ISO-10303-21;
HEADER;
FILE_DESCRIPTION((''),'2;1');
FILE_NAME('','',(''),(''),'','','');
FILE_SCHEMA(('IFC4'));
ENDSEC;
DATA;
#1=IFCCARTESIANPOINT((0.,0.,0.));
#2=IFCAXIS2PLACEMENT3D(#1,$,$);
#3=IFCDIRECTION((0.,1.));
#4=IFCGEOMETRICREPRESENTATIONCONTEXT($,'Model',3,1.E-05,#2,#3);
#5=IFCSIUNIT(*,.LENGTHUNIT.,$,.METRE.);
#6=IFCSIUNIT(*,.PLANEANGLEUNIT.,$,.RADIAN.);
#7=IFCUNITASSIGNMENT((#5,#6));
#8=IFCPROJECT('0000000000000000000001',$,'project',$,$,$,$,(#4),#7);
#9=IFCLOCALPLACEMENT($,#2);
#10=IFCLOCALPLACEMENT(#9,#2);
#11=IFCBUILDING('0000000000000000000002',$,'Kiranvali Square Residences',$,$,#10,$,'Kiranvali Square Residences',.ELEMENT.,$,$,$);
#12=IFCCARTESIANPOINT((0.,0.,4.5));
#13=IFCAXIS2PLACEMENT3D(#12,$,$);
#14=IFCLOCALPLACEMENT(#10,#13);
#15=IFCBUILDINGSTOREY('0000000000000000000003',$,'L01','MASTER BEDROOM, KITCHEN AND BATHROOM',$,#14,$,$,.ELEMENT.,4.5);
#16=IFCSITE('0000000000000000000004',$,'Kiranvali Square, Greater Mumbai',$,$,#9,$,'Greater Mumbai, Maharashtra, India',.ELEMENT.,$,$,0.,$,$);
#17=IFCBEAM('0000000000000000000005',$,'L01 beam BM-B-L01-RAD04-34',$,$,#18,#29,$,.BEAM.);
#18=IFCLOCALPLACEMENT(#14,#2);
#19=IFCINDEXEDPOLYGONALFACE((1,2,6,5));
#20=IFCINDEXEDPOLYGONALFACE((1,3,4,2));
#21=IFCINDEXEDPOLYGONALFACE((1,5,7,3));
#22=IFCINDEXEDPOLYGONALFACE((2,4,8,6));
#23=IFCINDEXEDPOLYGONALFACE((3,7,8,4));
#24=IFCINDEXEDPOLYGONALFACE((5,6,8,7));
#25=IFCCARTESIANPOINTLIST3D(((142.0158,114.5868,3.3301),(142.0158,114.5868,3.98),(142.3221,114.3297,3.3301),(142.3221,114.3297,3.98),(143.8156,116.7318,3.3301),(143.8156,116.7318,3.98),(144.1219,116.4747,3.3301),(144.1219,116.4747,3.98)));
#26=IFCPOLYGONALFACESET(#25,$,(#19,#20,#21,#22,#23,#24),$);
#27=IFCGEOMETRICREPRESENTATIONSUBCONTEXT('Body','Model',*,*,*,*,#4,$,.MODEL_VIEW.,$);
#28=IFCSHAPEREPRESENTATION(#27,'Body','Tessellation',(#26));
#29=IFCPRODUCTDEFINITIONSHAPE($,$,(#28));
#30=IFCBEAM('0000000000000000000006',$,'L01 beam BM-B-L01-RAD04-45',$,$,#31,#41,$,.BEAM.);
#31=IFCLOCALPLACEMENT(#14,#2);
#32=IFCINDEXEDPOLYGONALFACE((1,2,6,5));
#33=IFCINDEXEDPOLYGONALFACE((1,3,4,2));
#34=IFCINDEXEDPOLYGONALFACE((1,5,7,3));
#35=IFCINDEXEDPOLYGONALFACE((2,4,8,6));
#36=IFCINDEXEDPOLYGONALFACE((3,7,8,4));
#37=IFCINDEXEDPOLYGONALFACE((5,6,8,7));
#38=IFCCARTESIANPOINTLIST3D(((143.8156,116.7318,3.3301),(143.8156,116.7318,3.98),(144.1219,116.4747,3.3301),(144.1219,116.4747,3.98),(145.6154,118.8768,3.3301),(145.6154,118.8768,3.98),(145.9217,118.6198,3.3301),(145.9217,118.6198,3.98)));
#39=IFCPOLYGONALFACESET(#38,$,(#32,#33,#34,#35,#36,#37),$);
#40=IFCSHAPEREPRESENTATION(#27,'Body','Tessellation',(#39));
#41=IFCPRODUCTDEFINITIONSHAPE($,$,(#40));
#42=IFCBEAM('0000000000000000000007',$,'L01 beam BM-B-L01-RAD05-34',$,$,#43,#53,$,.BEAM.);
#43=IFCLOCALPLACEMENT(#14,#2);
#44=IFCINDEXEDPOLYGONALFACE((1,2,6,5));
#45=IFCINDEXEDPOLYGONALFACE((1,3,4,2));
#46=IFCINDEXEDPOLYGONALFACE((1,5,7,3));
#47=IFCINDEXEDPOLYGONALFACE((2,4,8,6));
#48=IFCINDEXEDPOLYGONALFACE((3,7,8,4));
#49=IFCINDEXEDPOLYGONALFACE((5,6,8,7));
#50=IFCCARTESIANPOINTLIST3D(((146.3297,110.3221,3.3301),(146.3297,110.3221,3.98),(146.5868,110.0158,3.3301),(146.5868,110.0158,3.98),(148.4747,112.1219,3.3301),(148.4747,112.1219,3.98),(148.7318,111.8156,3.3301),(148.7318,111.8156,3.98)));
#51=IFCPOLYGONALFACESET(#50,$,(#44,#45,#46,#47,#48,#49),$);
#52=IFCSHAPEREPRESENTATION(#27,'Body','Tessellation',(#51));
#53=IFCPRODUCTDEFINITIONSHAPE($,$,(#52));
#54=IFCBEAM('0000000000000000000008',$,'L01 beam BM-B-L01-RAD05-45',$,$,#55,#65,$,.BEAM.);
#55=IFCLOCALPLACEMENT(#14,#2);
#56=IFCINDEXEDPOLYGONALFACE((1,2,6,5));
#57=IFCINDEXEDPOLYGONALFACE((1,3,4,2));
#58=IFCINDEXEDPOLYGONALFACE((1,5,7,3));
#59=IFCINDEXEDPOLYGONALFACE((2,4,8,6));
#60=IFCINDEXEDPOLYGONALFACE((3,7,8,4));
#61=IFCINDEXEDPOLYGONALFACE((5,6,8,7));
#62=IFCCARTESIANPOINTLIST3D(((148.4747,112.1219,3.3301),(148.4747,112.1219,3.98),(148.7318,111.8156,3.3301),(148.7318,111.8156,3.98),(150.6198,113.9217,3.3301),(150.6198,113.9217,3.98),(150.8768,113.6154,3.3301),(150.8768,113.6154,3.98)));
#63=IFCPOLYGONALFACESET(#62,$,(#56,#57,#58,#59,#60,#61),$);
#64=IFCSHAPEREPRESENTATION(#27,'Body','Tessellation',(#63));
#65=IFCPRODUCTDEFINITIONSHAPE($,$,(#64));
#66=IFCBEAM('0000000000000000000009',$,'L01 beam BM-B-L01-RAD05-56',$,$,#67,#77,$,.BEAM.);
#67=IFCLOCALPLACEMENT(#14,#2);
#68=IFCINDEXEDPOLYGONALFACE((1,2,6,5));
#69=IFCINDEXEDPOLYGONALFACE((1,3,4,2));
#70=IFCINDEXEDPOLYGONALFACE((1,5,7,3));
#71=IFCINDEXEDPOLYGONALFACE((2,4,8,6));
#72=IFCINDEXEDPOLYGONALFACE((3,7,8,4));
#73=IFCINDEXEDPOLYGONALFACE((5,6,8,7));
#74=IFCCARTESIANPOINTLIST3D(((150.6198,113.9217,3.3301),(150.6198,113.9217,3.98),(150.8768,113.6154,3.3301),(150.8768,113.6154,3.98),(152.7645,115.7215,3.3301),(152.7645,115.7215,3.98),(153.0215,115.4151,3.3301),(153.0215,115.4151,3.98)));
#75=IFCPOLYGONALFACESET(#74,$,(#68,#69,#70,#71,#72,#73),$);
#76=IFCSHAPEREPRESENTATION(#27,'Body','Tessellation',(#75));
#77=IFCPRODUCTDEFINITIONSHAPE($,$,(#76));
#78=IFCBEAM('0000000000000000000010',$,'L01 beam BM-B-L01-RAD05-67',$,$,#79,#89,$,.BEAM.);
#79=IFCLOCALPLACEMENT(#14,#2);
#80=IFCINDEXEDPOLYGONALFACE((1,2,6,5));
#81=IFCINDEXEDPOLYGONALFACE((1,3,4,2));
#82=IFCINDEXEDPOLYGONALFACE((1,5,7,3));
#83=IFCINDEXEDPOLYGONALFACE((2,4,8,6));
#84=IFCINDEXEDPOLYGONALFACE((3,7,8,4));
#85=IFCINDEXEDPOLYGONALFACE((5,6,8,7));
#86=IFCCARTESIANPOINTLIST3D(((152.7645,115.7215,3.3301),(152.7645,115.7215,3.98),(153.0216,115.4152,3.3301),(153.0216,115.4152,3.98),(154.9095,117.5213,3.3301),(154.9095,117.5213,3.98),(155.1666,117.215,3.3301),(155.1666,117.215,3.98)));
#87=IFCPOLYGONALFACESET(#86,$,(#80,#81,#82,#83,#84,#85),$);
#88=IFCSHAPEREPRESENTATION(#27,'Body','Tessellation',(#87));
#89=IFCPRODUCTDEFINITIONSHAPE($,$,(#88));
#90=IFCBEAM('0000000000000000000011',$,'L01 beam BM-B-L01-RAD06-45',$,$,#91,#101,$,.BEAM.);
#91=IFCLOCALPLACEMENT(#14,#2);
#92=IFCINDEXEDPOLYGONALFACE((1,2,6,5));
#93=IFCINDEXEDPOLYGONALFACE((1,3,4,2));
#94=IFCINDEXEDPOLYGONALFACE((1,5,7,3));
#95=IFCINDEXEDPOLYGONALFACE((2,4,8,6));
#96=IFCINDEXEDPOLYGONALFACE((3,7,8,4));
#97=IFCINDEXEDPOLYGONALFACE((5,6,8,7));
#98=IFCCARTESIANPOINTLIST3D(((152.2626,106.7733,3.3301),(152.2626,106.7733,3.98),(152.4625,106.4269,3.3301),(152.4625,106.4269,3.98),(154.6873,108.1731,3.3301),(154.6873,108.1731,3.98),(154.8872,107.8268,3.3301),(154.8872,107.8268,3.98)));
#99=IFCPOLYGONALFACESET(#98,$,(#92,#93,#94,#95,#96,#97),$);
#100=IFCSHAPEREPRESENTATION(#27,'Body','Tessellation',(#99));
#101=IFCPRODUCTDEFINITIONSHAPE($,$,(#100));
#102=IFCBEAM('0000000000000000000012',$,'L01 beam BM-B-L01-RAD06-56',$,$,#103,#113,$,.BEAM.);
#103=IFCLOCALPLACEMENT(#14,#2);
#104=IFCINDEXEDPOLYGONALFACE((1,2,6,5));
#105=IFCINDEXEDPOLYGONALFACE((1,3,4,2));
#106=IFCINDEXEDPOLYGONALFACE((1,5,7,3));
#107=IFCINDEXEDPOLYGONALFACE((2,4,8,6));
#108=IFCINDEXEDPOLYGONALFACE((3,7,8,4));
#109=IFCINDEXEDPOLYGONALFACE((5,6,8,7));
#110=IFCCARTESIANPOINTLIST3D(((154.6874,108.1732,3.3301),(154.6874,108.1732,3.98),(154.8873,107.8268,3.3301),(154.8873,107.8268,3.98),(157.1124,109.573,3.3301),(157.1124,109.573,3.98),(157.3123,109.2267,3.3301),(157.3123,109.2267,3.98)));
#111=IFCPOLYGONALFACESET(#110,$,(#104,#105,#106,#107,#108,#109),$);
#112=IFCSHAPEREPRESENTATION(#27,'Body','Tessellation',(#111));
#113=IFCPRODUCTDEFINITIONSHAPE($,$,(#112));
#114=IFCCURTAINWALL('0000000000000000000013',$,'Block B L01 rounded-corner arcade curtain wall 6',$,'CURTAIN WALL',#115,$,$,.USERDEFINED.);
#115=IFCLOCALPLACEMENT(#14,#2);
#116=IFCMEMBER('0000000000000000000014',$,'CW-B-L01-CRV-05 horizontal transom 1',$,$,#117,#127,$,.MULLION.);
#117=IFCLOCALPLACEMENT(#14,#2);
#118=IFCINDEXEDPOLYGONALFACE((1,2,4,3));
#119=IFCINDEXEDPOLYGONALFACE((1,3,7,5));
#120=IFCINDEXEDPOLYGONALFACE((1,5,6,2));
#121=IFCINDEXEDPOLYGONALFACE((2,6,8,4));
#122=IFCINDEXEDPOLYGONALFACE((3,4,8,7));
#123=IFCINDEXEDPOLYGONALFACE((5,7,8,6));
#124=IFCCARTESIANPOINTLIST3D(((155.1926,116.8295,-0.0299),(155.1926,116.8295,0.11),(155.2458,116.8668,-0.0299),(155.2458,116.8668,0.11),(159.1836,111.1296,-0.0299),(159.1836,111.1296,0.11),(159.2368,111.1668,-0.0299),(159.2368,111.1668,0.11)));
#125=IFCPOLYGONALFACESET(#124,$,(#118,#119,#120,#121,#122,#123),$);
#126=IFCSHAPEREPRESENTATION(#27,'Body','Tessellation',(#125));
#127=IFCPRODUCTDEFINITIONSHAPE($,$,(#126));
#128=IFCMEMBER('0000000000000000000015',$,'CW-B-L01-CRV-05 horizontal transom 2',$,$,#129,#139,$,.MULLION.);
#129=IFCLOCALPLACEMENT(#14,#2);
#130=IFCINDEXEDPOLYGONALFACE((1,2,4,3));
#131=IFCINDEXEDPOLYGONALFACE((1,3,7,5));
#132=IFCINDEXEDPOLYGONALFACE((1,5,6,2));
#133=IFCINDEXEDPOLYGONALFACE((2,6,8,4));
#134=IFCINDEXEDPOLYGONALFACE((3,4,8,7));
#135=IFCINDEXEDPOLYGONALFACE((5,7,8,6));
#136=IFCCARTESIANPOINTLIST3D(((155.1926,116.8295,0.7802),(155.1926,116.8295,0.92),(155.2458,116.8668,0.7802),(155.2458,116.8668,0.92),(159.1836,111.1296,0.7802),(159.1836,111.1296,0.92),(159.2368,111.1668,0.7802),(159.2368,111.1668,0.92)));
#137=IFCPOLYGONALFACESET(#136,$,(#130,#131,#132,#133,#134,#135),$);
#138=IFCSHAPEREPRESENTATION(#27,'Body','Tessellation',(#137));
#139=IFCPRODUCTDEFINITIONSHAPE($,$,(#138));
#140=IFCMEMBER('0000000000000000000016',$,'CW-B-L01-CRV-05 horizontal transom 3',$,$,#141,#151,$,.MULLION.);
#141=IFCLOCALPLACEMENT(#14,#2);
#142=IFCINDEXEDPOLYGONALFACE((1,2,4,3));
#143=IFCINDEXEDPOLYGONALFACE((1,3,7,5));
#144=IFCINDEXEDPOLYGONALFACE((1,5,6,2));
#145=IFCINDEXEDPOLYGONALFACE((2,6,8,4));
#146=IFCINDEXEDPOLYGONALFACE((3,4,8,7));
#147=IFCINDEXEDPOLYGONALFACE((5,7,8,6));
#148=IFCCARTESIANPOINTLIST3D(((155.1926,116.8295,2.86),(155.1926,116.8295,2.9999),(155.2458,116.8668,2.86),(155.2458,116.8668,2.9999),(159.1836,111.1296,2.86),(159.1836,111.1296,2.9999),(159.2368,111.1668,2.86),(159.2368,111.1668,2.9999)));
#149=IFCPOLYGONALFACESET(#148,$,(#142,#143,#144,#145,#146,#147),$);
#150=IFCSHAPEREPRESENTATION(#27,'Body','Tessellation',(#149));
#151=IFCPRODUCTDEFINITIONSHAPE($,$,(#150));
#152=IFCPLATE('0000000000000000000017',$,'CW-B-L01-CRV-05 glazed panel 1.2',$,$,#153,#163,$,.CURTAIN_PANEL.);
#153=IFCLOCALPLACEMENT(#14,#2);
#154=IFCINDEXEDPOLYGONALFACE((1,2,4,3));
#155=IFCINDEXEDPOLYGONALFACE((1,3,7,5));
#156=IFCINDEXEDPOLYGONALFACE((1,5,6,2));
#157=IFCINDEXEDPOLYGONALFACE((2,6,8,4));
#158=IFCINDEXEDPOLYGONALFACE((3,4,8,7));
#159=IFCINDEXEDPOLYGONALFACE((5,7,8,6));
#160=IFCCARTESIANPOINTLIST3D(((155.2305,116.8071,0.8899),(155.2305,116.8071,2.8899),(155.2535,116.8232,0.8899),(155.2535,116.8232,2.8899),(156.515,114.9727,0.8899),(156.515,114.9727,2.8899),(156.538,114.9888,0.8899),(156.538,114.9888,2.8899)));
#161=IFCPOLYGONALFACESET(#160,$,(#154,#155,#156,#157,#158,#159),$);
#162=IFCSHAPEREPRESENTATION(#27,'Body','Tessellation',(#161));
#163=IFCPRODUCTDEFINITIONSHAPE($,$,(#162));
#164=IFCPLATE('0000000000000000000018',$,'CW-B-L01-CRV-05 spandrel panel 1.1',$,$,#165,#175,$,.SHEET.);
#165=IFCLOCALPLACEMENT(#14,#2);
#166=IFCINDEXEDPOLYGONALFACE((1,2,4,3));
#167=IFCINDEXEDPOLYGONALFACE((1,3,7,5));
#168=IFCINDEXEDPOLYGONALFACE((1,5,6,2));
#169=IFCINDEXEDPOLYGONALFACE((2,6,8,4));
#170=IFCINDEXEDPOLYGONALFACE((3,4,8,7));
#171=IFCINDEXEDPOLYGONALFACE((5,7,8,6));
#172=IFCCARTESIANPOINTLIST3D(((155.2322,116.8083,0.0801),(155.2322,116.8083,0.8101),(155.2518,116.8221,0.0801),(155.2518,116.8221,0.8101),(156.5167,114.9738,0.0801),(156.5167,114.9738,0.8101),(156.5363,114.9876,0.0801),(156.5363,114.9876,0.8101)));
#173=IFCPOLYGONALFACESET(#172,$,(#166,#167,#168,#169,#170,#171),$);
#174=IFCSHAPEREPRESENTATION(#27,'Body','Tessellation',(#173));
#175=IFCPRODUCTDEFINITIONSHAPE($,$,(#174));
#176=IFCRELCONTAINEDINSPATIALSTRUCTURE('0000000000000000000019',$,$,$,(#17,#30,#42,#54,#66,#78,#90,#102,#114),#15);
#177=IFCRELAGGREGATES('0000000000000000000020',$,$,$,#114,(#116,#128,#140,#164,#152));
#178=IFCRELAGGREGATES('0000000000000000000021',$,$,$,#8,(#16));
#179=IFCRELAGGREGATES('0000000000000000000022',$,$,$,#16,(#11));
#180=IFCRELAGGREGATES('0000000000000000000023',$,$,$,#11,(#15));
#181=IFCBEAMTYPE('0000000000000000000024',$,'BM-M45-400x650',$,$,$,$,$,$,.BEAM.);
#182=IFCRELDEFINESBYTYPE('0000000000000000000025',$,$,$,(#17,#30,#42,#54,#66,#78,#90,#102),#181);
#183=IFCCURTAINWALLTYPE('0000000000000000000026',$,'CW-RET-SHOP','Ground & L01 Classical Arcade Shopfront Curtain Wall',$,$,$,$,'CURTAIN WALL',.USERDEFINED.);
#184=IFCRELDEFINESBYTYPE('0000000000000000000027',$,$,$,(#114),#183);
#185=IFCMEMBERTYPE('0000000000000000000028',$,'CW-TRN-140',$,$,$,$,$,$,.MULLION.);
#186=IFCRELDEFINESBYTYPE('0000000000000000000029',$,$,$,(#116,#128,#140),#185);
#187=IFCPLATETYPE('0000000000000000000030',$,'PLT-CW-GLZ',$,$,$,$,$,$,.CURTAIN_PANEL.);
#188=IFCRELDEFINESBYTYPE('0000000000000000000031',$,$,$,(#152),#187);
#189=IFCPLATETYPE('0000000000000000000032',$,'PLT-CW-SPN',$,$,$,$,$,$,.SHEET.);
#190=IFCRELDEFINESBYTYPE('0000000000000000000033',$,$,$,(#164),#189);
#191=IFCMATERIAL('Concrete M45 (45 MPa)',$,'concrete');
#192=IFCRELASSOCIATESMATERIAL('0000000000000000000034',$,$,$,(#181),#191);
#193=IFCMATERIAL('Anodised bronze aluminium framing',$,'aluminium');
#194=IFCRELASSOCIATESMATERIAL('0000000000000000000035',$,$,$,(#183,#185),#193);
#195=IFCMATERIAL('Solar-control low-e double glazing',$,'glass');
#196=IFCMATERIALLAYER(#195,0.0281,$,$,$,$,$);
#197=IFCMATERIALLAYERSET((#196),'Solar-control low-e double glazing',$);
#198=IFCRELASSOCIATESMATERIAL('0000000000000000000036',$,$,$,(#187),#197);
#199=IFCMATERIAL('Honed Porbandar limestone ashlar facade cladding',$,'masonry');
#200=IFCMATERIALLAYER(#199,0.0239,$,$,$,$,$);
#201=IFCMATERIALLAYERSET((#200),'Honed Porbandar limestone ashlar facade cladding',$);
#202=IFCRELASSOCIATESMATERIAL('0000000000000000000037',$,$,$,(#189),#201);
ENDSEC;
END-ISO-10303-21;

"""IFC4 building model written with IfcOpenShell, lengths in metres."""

from ifc_helpers import new_model, si_unit, direction, frame, origin, origin_2d, place, context, subcontext, project, spatial, rectangle, extrude, material, layer, layer_set, material_profile, profile_set, type_object, element, aggregate, save


model = new_model("IFC4")

# Units and contexts
model_context = context("Model", 3, precision=1e-05, world=origin(), true_north=direction((0.0, 1.0)))
body_context = subcontext(model_context, "Body", "Model", "MODEL_VIEW")
ifc_project = project(units=[si_unit("LENGTHUNIT", "METRE"), si_unit("PLANEANGLEUNIT", "RADIAN")], contexts=[model_context])

# Site, building, storey
site_placement = place(None, origin())
site = spatial("IfcSite", under=ifc_project, at=site_placement, Name="Kiranvali Square, Greater Mumbai", LongName="Greater Mumbai, Maharashtra, India", CompositionType="ELEMENT", RefElevation=0.0)
building_placement = place(site_placement, origin())
building = spatial("IfcBuilding", under=site, at=building_placement, Name="Kiranvali Square Residences", LongName="Kiranvali Square Residences", CompositionType="ELEMENT")
storey_placement = place(building_placement, frame((0.0, 0.0, 4.5)))
storey = spatial("IfcBuildingStorey", under=building, at=storey_placement, Name="L01", Description="MASTER BEDROOM, KITCHEN AND BATHROOM", CompositionType="ELEMENT", Elevation=4.5)

# Beams
ifc_material_1 = material(Name="Concrete M45 (45 MPa)", Category="concrete")
ifc_material_profile_1 = material_profile(ifc_material_1, rectangle(XDim=0.3999, YDim=0.6499, at=origin_2d()), Name="RC 400x650")
ifc_profile_set_1 = profile_set([ifc_material_profile_1], Name="Concrete M45 (45 MPa)")
beam_type = type_object("IfcBeamType", Name="BM-M45-400x650", PredefinedType="BEAM", material=ifc_profile_set_1)
for number, where, z_axis, x_axis, name in (
    (1, (142.1689, 114.4583, 3.655), (0.642771, 0.766059, 0.0), (-0.766059, 0.642771, 0.0), "L01 beam BM-B-L01-RAD04-34"),
    (2, (143.9688, 116.6033, 3.655), (0.642771, 0.766059, 0.0), (-0.766059, 0.642771, 0.0), "L01 beam BM-B-L01-RAD04-45"),
    (3, (146.4583, 110.1689, 3.655), (0.766059, 0.642771, 0.0), (-0.642771, 0.766059, 0.0), "L01 beam BM-B-L01-RAD05-34"),
    (4, (148.6033, 111.9688, 3.655), (0.766059, 0.642771, 0.0), (-0.642771, 0.766059, 0.0), "L01 beam BM-B-L01-RAD05-45"),
):
    element("IfcBeam", number, at=place(storey_placement, frame(where, z_axis=z_axis, x_axis=x_axis)), inside=storey, type_object=beam_type, Name=name, PredefinedType="BEAM", context=body_context, shape_type="SweptSolid", body=[
        extrude(rectangle(XDim=0.3999, YDim=0.6499, at=origin_2d()), origin(), (0.0, 0.0, 1.0), 2.8),
    ])
beam_1_placement = place(storey_placement, frame((150.7483, 113.7686, 3.655), z_axis=(0.766023, 0.642814, 0.0), x_axis=(-0.642814, 0.766023, 0.0)))
element("IfcBeam", 5, at=beam_1_placement, inside=storey, type_object=beam_type, Name="L01 beam BM-B-L01-RAD05-56", PredefinedType="BEAM", context=body_context, shape_type="SweptSolid", body=[
    extrude(rectangle(XDim=0.3999, YDim=0.6499, at=origin_2d()), origin(), (0.0, 0.0, 1.0), 2.7998),
])
beam_2_placement = place(storey_placement, frame((152.8931, 115.5684, 3.655), z_axis=(0.766059, 0.642771, 0.0), x_axis=(-0.642771, 0.766059, 0.0)))
element("IfcBeam", 6, at=beam_2_placement, inside=storey, type_object=beam_type, Name="L01 beam BM-B-L01-RAD05-67", PredefinedType="BEAM", context=body_context, shape_type="SweptSolid", body=[
    extrude(rectangle(XDim=0.3999, YDim=0.6499, at=origin_2d()), origin(), (0.0, 0.0, 1.0), 2.8),
])
beam_3_placement = place(storey_placement, frame((152.3625, 106.6001, 3.655), z_axis=(0.866035, 0.499984, 0.0), x_axis=(-0.499984, 0.866035, 0.0)))
element("IfcBeam", 7, at=beam_3_placement, inside=storey, type_object=beam_type, Name="L01 beam BM-B-L01-RAD06-45", PredefinedType="BEAM", context=body_context, shape_type="SweptSolid", body=[
    extrude(rectangle(XDim=0.3999, YDim=0.6499, at=origin_2d()), origin(), (0.0, 0.0, 1.0), 2.7998),
])
beam_4_placement = place(storey_placement, frame((154.7874, 108.0, 3.655), z_axis=(0.866056, 0.499946, 0.0), x_axis=(-0.499946, 0.866056, 0.0)))
element("IfcBeam", 8, at=beam_4_placement, inside=storey, type_object=beam_type, Name="L01 beam BM-B-L01-RAD06-56", PredefinedType="BEAM", context=body_context, shape_type="SweptSolid", body=[
    extrude(rectangle(XDim=0.3999, YDim=0.6499, at=origin_2d()), origin(), (0.0, 0.0, 1.0), 2.8),
])

# Curtain wall, members, plates
ifc_material_2 = material(Name="Anodised bronze aluminium framing", Category="aluminium")
curtain_wall_type = type_object("IfcCurtainWallType", Name="CW-RET-SHOP", Description="Ground & L01 Classical Arcade Shopfront Curtain Wall", ElementType="CURTAIN WALL", PredefinedType="USERDEFINED", material=ifc_material_2)
curtain_wall_placement = place(storey_placement, origin())
curtain_wall = element("IfcCurtainWall", 9, at=curtain_wall_placement, inside=storey, type_object=curtain_wall_type, Name="Block B L01 rounded-corner arcade curtain wall 6", ObjectType="CURTAIN WALL", PredefinedType="USERDEFINED")
ifc_material_profile_2 = material_profile(ifc_material_2, rectangle(XDim=0.0649, YDim=0.1399, at=origin_2d()), Name="ALU 65x140")
ifc_profile_set_2 = profile_set([ifc_material_profile_2], Name="Anodised bronze aluminium framing")
member_type = type_object("IfcMemberType", Name="CW-TRN-140", PredefinedType="MULLION", material=ifc_profile_set_2)
member_1_placement = place(storey_placement, frame((155.2192, 116.8481, 0.04), z_axis=(0.573559, -0.819164, 0.0), x_axis=(0.819164, 0.573559, 0.0)))
member_1 = element("IfcMember", 10, at=member_1_placement, type_object=member_type, Name="CW-B-L01-CRV-05 horizontal transom 1", PredefinedType="MULLION", context=body_context, shape_type="SweptSolid", body=[
    extrude(rectangle(XDim=0.0649, YDim=0.1399, at=origin_2d()), origin(), (0.0, 0.0, 1.0), 6.9583),
])
member_2_placement = place(storey_placement, frame((155.2192, 116.8481, 0.8501), z_axis=(0.573559, -0.819164, 0.0), x_axis=(0.819164, 0.573559, 0.0)))
member_2 = element("IfcMember", 11, at=member_2_placement, type_object=member_type, Name="CW-B-L01-CRV-05 horizontal transom 2", PredefinedType="MULLION", context=body_context, shape_type="SweptSolid", body=[
    extrude(rectangle(XDim=0.0649, YDim=0.1399, at=origin_2d()), origin(), (0.0, 0.0, 1.0), 6.9583),
])
member_3_placement = place(storey_placement, frame((155.2192, 116.8481, 2.9299), z_axis=(0.573559, -0.819164, 0.0), x_axis=(0.819164, 0.573559, 0.0)))
member_3 = element("IfcMember", 12, at=member_3_placement, type_object=member_type, Name="CW-B-L01-CRV-05 horizontal transom 3", PredefinedType="MULLION", context=body_context, shape_type="SweptSolid", body=[
    extrude(rectangle(XDim=0.0649, YDim=0.1399, at=origin_2d()), origin(), (0.0, 0.0, 1.0), 6.9583),
])
ifc_material_3 = material(Name="Solar-control low-e double glazing", Category="glass")
ifc_layer_1 = layer(ifc_material_3, 0.0281)
ifc_layer_set_1 = layer_set([ifc_layer_1], Name="Solar-control low-e double glazing")
plate_type_1 = type_object("IfcPlateType", Name="PLT-CW-GLZ", PredefinedType="CURTAIN_PANEL", material=ifc_layer_set_1)
plate_1_placement = place(storey_placement, frame((155.8843, 115.8979, 0.8899), z_axis=(0.0, 0.0, 1.0), x_axis=(0.573576, -0.819152, 0.0)))
plate_1 = element("IfcPlate", 13, at=plate_1_placement, type_object=plate_type_1, Name="CW-B-L01-CRV-05 glazed panel 1.2", PredefinedType="CURTAIN_PANEL", context=body_context, shape_type="SweptSolid", body=[
    extrude(rectangle(XDim=2.2395, YDim=0.0281, at=origin_2d()), origin(), (0.0, 0.0, 1.0), 2.0),
])
ifc_material_4 = material(Name="Honed Porbandar limestone ashlar facade cladding", Category="masonry")
ifc_layer_2 = layer(ifc_material_4, 0.0239)
ifc_layer_set_2 = layer_set([ifc_layer_2], Name="Honed Porbandar limestone ashlar facade cladding")
plate_type_2 = type_object("IfcPlateType", Name="PLT-CW-SPN", PredefinedType="SHEET", material=ifc_layer_set_2)
plate_2_placement = place(storey_placement, frame((155.8843, 115.8979, 0.0801), z_axis=(0.0, 0.0, 1.0), x_axis=(0.573576, -0.819152, 0.0)))
plate_2 = element("IfcPlate", 14, at=plate_2_placement, type_object=plate_type_2, Name="CW-B-L01-CRV-05 spandrel panel 1.1", PredefinedType="SHEET", context=body_context, shape_type="SweptSolid", body=[
    extrude(rectangle(XDim=2.2395, YDim=0.0239, at=origin_2d()), origin(), (0.0, 0.0, 1.0), 0.73),
])
aggregate(curtain_wall, [member_1, member_2, member_3, plate_2, plate_1])

save(model, "model.ifc")
